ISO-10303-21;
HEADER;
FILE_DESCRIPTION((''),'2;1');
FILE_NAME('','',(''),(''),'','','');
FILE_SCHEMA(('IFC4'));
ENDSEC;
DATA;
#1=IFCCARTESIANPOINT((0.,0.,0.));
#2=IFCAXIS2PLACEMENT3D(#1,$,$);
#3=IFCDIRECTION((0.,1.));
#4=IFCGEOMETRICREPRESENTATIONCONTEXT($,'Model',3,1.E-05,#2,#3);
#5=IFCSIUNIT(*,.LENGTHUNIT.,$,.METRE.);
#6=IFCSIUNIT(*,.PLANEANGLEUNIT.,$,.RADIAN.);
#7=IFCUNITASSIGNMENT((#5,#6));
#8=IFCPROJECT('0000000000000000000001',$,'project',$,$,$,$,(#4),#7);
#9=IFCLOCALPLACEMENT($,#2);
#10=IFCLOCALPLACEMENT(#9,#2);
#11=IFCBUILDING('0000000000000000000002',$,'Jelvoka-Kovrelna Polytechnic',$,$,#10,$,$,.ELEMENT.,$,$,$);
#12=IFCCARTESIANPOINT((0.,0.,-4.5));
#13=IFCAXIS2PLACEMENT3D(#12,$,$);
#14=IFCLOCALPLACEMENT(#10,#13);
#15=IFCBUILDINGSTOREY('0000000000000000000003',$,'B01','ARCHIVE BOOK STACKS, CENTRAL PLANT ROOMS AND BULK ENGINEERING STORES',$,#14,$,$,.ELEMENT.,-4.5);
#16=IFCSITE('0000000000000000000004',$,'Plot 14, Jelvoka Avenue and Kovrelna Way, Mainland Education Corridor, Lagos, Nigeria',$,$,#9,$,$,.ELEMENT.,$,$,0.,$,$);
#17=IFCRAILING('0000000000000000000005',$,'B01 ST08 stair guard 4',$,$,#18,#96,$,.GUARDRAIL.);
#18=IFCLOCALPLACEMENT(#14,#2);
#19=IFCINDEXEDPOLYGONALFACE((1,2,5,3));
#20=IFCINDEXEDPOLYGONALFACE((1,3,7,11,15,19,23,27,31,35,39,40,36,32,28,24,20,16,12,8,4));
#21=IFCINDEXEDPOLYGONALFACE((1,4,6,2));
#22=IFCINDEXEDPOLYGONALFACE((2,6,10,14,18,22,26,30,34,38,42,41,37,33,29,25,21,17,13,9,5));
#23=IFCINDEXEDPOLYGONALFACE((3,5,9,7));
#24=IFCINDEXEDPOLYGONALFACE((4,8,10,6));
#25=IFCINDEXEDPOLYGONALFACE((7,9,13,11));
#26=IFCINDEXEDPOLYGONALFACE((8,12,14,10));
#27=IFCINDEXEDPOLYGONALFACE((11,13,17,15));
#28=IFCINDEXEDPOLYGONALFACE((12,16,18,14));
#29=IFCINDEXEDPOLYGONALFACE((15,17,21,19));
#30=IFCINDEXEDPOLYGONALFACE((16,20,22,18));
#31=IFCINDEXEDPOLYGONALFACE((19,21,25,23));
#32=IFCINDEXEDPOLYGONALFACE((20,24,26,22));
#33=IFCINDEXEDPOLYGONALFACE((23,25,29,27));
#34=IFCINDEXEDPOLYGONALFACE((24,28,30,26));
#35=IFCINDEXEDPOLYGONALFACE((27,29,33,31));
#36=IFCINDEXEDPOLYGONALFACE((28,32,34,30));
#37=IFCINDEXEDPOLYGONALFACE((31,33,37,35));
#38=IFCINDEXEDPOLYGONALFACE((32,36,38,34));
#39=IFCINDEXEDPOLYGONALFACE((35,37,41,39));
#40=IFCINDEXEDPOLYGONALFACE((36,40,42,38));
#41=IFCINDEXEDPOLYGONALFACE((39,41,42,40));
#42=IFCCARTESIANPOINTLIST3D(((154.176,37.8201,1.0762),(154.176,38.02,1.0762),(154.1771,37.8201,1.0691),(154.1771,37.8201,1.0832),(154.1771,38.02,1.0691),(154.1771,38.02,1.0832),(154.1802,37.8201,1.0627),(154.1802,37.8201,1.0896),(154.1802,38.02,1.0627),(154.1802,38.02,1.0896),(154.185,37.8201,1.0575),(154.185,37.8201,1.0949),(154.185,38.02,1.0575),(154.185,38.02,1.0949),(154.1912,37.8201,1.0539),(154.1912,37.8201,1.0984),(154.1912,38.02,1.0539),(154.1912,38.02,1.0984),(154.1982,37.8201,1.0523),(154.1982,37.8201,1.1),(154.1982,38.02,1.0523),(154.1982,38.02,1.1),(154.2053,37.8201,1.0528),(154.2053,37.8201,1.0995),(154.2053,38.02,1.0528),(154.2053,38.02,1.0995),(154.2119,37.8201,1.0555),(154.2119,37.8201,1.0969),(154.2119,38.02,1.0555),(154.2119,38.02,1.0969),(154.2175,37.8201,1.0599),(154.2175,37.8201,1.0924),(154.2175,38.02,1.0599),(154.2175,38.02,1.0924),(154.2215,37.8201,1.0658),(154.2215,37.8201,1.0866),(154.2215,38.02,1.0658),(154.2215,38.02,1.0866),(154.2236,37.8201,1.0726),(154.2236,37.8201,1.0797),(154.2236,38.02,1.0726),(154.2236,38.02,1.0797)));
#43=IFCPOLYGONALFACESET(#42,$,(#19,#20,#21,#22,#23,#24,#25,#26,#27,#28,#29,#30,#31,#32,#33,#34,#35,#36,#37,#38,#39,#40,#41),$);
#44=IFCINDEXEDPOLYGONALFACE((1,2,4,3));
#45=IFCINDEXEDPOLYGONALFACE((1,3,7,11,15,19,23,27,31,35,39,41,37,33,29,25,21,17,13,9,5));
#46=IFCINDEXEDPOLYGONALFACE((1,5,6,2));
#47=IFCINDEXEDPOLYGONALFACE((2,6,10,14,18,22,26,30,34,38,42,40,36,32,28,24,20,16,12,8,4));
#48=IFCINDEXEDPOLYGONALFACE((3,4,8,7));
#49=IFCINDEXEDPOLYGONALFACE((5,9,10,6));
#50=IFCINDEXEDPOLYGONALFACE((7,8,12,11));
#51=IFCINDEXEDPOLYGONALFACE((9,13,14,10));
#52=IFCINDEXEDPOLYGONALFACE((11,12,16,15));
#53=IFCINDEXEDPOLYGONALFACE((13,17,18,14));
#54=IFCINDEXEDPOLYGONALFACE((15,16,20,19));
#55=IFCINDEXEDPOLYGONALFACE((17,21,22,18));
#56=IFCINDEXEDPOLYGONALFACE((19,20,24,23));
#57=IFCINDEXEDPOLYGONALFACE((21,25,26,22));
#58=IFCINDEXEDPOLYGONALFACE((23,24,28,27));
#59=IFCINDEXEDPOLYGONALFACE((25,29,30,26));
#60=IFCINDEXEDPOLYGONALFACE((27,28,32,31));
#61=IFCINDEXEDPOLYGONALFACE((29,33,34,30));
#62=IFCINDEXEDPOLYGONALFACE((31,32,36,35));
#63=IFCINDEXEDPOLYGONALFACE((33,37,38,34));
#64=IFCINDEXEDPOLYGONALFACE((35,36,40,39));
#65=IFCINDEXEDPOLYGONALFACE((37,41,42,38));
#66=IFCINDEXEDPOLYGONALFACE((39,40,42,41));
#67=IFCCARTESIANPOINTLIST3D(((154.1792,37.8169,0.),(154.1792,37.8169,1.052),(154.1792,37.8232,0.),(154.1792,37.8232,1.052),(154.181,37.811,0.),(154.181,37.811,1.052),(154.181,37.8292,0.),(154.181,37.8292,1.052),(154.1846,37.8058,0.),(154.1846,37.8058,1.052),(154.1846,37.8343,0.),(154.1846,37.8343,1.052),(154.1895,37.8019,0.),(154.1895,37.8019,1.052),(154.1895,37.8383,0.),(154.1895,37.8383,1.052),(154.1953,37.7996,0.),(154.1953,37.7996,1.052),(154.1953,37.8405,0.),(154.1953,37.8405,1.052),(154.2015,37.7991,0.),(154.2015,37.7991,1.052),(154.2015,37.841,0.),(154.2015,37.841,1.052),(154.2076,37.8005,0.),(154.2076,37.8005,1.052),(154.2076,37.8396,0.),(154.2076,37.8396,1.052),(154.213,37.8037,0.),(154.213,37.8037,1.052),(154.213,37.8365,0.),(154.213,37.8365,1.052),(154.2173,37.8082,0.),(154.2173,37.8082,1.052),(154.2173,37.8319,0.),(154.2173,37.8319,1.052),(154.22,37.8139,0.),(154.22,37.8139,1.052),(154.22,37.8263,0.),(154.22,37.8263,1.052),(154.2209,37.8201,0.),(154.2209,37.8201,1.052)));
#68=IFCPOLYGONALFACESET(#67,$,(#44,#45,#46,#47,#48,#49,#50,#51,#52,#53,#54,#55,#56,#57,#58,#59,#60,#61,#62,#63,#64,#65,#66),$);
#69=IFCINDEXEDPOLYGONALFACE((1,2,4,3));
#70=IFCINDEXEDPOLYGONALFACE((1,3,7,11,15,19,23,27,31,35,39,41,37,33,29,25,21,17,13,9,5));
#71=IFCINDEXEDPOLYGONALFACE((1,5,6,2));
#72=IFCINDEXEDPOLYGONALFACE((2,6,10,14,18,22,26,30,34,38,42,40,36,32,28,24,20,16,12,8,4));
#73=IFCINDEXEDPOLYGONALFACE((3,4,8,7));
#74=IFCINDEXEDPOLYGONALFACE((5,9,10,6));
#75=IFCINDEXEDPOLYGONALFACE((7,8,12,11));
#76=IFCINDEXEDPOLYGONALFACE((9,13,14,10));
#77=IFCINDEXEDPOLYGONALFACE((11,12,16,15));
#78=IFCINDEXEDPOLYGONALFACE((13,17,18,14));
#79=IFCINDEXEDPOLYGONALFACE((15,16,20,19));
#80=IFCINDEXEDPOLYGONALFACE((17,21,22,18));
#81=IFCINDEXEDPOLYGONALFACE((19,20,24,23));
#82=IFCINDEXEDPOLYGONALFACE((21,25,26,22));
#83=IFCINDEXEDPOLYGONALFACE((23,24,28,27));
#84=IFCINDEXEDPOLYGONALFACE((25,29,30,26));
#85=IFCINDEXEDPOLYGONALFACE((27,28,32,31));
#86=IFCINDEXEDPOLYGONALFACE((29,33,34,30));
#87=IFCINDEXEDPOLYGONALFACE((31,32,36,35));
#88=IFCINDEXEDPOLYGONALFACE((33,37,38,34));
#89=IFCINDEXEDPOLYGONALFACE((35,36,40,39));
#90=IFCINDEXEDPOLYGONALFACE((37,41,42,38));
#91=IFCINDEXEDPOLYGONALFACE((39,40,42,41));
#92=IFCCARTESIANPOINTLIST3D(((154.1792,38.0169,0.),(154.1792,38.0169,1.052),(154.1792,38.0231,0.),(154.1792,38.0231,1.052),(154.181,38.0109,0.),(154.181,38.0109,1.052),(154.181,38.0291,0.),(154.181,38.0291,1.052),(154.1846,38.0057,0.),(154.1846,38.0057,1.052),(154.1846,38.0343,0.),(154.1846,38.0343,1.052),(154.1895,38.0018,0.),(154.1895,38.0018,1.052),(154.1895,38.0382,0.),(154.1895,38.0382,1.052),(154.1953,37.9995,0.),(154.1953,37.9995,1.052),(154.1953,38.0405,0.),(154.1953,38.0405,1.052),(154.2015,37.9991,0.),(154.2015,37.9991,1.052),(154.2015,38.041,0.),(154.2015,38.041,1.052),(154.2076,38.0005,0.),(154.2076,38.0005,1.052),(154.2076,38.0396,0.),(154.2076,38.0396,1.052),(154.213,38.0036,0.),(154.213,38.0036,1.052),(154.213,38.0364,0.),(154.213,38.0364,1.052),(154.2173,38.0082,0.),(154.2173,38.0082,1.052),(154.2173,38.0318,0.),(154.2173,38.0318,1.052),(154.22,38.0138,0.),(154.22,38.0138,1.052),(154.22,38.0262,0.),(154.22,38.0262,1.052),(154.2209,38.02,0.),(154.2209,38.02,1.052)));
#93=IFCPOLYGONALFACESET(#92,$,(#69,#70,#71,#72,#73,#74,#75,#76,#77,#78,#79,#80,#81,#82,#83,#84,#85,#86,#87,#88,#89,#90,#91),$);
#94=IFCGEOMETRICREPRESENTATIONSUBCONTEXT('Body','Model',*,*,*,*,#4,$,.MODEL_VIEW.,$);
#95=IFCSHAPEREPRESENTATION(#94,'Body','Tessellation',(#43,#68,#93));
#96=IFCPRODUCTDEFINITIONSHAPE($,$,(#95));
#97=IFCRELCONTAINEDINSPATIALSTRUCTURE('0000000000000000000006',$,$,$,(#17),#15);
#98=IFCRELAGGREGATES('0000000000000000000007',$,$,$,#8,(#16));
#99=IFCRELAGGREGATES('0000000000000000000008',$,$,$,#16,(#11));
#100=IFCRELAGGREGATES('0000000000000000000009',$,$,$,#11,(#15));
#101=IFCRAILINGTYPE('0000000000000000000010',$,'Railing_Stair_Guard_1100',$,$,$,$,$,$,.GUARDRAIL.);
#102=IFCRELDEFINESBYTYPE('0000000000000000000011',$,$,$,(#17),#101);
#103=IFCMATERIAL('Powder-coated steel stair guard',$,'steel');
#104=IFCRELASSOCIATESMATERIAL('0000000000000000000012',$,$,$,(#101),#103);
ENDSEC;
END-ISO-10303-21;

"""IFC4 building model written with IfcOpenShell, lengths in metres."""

from ifc_helpers import new_model, si_unit, direction, frame, origin, origin_2d, place, context, subcontext, project, spatial, circle, extrude, material, type_object, element, save


model = new_model("IFC4")

# Units and contexts
model_context = context("Model", 3, precision=1e-05, world=origin(), true_north=direction((0.0, 1.0)))
body_context = subcontext(model_context, "Body", "Model", "MODEL_VIEW")
ifc_project = project(units=[si_unit("LENGTHUNIT", "METRE"), si_unit("PLANEANGLEUNIT", "RADIAN")], contexts=[model_context])

# Site, building, storey
site_placement = place(None, origin())
site = spatial("IfcSite", under=ifc_project, at=site_placement, Name="Plot 14, Jelvoka Avenue and Kovrelna Way, Mainland Education Corridor, Lagos, Nigeria", CompositionType="ELEMENT", RefElevation=0.0)
building_placement = place(site_placement, origin())
building = spatial("IfcBuilding", under=site, at=building_placement, Name="Jelvoka-Kovrelna Polytechnic", CompositionType="ELEMENT")
storey_placement = place(building_placement, frame((0.0, 0.0, -4.5)))
storey = spatial("IfcBuildingStorey", under=building, at=storey_placement, Name="B01", Description="ARCHIVE BOOK STACKS, CENTRAL PLANT ROOMS AND BULK ENGINEERING STORES", CompositionType="ELEMENT", Elevation=-4.5)

# Railing
ifc_material_1 = material(Name="Powder-coated steel stair guard", Category="steel")
railing_type_1 = type_object("IfcRailingType", Name="Railing_Stair_Guard_1100", PredefinedType="GUARDRAIL", material=ifc_material_1)
railing_1_placement = place(storey_placement, frame((154.2, 37.8201, 0.0)))
element("IfcRailing", 1, at=railing_1_placement, inside=storey, type_object=railing_type_1, Name="B01 ST08 stair guard 4", PredefinedType="GUARDRAIL", context=body_context, shape_type="SweptSolid", body=[
    extrude(circle(Radius=0.0239, at=origin_2d()), frame((0.0, 0.0, 1.0762), z_axis=(0.0, 1.0, 0.0), x_axis=(-1.0, 0.0, 0.0)), (0.0, 0.0, 1.0), 0.2),
    extrude(circle(Radius=0.021, at=origin_2d()), origin(), (0.0, 0.0, 1.0), 1.052),
    extrude(circle(Radius=0.021, at=origin_2d()), frame((0.0, 0.2, 0.0)), (0.0, 0.0, 1.0), 1.052),
])

save(model, "model.ifc")
